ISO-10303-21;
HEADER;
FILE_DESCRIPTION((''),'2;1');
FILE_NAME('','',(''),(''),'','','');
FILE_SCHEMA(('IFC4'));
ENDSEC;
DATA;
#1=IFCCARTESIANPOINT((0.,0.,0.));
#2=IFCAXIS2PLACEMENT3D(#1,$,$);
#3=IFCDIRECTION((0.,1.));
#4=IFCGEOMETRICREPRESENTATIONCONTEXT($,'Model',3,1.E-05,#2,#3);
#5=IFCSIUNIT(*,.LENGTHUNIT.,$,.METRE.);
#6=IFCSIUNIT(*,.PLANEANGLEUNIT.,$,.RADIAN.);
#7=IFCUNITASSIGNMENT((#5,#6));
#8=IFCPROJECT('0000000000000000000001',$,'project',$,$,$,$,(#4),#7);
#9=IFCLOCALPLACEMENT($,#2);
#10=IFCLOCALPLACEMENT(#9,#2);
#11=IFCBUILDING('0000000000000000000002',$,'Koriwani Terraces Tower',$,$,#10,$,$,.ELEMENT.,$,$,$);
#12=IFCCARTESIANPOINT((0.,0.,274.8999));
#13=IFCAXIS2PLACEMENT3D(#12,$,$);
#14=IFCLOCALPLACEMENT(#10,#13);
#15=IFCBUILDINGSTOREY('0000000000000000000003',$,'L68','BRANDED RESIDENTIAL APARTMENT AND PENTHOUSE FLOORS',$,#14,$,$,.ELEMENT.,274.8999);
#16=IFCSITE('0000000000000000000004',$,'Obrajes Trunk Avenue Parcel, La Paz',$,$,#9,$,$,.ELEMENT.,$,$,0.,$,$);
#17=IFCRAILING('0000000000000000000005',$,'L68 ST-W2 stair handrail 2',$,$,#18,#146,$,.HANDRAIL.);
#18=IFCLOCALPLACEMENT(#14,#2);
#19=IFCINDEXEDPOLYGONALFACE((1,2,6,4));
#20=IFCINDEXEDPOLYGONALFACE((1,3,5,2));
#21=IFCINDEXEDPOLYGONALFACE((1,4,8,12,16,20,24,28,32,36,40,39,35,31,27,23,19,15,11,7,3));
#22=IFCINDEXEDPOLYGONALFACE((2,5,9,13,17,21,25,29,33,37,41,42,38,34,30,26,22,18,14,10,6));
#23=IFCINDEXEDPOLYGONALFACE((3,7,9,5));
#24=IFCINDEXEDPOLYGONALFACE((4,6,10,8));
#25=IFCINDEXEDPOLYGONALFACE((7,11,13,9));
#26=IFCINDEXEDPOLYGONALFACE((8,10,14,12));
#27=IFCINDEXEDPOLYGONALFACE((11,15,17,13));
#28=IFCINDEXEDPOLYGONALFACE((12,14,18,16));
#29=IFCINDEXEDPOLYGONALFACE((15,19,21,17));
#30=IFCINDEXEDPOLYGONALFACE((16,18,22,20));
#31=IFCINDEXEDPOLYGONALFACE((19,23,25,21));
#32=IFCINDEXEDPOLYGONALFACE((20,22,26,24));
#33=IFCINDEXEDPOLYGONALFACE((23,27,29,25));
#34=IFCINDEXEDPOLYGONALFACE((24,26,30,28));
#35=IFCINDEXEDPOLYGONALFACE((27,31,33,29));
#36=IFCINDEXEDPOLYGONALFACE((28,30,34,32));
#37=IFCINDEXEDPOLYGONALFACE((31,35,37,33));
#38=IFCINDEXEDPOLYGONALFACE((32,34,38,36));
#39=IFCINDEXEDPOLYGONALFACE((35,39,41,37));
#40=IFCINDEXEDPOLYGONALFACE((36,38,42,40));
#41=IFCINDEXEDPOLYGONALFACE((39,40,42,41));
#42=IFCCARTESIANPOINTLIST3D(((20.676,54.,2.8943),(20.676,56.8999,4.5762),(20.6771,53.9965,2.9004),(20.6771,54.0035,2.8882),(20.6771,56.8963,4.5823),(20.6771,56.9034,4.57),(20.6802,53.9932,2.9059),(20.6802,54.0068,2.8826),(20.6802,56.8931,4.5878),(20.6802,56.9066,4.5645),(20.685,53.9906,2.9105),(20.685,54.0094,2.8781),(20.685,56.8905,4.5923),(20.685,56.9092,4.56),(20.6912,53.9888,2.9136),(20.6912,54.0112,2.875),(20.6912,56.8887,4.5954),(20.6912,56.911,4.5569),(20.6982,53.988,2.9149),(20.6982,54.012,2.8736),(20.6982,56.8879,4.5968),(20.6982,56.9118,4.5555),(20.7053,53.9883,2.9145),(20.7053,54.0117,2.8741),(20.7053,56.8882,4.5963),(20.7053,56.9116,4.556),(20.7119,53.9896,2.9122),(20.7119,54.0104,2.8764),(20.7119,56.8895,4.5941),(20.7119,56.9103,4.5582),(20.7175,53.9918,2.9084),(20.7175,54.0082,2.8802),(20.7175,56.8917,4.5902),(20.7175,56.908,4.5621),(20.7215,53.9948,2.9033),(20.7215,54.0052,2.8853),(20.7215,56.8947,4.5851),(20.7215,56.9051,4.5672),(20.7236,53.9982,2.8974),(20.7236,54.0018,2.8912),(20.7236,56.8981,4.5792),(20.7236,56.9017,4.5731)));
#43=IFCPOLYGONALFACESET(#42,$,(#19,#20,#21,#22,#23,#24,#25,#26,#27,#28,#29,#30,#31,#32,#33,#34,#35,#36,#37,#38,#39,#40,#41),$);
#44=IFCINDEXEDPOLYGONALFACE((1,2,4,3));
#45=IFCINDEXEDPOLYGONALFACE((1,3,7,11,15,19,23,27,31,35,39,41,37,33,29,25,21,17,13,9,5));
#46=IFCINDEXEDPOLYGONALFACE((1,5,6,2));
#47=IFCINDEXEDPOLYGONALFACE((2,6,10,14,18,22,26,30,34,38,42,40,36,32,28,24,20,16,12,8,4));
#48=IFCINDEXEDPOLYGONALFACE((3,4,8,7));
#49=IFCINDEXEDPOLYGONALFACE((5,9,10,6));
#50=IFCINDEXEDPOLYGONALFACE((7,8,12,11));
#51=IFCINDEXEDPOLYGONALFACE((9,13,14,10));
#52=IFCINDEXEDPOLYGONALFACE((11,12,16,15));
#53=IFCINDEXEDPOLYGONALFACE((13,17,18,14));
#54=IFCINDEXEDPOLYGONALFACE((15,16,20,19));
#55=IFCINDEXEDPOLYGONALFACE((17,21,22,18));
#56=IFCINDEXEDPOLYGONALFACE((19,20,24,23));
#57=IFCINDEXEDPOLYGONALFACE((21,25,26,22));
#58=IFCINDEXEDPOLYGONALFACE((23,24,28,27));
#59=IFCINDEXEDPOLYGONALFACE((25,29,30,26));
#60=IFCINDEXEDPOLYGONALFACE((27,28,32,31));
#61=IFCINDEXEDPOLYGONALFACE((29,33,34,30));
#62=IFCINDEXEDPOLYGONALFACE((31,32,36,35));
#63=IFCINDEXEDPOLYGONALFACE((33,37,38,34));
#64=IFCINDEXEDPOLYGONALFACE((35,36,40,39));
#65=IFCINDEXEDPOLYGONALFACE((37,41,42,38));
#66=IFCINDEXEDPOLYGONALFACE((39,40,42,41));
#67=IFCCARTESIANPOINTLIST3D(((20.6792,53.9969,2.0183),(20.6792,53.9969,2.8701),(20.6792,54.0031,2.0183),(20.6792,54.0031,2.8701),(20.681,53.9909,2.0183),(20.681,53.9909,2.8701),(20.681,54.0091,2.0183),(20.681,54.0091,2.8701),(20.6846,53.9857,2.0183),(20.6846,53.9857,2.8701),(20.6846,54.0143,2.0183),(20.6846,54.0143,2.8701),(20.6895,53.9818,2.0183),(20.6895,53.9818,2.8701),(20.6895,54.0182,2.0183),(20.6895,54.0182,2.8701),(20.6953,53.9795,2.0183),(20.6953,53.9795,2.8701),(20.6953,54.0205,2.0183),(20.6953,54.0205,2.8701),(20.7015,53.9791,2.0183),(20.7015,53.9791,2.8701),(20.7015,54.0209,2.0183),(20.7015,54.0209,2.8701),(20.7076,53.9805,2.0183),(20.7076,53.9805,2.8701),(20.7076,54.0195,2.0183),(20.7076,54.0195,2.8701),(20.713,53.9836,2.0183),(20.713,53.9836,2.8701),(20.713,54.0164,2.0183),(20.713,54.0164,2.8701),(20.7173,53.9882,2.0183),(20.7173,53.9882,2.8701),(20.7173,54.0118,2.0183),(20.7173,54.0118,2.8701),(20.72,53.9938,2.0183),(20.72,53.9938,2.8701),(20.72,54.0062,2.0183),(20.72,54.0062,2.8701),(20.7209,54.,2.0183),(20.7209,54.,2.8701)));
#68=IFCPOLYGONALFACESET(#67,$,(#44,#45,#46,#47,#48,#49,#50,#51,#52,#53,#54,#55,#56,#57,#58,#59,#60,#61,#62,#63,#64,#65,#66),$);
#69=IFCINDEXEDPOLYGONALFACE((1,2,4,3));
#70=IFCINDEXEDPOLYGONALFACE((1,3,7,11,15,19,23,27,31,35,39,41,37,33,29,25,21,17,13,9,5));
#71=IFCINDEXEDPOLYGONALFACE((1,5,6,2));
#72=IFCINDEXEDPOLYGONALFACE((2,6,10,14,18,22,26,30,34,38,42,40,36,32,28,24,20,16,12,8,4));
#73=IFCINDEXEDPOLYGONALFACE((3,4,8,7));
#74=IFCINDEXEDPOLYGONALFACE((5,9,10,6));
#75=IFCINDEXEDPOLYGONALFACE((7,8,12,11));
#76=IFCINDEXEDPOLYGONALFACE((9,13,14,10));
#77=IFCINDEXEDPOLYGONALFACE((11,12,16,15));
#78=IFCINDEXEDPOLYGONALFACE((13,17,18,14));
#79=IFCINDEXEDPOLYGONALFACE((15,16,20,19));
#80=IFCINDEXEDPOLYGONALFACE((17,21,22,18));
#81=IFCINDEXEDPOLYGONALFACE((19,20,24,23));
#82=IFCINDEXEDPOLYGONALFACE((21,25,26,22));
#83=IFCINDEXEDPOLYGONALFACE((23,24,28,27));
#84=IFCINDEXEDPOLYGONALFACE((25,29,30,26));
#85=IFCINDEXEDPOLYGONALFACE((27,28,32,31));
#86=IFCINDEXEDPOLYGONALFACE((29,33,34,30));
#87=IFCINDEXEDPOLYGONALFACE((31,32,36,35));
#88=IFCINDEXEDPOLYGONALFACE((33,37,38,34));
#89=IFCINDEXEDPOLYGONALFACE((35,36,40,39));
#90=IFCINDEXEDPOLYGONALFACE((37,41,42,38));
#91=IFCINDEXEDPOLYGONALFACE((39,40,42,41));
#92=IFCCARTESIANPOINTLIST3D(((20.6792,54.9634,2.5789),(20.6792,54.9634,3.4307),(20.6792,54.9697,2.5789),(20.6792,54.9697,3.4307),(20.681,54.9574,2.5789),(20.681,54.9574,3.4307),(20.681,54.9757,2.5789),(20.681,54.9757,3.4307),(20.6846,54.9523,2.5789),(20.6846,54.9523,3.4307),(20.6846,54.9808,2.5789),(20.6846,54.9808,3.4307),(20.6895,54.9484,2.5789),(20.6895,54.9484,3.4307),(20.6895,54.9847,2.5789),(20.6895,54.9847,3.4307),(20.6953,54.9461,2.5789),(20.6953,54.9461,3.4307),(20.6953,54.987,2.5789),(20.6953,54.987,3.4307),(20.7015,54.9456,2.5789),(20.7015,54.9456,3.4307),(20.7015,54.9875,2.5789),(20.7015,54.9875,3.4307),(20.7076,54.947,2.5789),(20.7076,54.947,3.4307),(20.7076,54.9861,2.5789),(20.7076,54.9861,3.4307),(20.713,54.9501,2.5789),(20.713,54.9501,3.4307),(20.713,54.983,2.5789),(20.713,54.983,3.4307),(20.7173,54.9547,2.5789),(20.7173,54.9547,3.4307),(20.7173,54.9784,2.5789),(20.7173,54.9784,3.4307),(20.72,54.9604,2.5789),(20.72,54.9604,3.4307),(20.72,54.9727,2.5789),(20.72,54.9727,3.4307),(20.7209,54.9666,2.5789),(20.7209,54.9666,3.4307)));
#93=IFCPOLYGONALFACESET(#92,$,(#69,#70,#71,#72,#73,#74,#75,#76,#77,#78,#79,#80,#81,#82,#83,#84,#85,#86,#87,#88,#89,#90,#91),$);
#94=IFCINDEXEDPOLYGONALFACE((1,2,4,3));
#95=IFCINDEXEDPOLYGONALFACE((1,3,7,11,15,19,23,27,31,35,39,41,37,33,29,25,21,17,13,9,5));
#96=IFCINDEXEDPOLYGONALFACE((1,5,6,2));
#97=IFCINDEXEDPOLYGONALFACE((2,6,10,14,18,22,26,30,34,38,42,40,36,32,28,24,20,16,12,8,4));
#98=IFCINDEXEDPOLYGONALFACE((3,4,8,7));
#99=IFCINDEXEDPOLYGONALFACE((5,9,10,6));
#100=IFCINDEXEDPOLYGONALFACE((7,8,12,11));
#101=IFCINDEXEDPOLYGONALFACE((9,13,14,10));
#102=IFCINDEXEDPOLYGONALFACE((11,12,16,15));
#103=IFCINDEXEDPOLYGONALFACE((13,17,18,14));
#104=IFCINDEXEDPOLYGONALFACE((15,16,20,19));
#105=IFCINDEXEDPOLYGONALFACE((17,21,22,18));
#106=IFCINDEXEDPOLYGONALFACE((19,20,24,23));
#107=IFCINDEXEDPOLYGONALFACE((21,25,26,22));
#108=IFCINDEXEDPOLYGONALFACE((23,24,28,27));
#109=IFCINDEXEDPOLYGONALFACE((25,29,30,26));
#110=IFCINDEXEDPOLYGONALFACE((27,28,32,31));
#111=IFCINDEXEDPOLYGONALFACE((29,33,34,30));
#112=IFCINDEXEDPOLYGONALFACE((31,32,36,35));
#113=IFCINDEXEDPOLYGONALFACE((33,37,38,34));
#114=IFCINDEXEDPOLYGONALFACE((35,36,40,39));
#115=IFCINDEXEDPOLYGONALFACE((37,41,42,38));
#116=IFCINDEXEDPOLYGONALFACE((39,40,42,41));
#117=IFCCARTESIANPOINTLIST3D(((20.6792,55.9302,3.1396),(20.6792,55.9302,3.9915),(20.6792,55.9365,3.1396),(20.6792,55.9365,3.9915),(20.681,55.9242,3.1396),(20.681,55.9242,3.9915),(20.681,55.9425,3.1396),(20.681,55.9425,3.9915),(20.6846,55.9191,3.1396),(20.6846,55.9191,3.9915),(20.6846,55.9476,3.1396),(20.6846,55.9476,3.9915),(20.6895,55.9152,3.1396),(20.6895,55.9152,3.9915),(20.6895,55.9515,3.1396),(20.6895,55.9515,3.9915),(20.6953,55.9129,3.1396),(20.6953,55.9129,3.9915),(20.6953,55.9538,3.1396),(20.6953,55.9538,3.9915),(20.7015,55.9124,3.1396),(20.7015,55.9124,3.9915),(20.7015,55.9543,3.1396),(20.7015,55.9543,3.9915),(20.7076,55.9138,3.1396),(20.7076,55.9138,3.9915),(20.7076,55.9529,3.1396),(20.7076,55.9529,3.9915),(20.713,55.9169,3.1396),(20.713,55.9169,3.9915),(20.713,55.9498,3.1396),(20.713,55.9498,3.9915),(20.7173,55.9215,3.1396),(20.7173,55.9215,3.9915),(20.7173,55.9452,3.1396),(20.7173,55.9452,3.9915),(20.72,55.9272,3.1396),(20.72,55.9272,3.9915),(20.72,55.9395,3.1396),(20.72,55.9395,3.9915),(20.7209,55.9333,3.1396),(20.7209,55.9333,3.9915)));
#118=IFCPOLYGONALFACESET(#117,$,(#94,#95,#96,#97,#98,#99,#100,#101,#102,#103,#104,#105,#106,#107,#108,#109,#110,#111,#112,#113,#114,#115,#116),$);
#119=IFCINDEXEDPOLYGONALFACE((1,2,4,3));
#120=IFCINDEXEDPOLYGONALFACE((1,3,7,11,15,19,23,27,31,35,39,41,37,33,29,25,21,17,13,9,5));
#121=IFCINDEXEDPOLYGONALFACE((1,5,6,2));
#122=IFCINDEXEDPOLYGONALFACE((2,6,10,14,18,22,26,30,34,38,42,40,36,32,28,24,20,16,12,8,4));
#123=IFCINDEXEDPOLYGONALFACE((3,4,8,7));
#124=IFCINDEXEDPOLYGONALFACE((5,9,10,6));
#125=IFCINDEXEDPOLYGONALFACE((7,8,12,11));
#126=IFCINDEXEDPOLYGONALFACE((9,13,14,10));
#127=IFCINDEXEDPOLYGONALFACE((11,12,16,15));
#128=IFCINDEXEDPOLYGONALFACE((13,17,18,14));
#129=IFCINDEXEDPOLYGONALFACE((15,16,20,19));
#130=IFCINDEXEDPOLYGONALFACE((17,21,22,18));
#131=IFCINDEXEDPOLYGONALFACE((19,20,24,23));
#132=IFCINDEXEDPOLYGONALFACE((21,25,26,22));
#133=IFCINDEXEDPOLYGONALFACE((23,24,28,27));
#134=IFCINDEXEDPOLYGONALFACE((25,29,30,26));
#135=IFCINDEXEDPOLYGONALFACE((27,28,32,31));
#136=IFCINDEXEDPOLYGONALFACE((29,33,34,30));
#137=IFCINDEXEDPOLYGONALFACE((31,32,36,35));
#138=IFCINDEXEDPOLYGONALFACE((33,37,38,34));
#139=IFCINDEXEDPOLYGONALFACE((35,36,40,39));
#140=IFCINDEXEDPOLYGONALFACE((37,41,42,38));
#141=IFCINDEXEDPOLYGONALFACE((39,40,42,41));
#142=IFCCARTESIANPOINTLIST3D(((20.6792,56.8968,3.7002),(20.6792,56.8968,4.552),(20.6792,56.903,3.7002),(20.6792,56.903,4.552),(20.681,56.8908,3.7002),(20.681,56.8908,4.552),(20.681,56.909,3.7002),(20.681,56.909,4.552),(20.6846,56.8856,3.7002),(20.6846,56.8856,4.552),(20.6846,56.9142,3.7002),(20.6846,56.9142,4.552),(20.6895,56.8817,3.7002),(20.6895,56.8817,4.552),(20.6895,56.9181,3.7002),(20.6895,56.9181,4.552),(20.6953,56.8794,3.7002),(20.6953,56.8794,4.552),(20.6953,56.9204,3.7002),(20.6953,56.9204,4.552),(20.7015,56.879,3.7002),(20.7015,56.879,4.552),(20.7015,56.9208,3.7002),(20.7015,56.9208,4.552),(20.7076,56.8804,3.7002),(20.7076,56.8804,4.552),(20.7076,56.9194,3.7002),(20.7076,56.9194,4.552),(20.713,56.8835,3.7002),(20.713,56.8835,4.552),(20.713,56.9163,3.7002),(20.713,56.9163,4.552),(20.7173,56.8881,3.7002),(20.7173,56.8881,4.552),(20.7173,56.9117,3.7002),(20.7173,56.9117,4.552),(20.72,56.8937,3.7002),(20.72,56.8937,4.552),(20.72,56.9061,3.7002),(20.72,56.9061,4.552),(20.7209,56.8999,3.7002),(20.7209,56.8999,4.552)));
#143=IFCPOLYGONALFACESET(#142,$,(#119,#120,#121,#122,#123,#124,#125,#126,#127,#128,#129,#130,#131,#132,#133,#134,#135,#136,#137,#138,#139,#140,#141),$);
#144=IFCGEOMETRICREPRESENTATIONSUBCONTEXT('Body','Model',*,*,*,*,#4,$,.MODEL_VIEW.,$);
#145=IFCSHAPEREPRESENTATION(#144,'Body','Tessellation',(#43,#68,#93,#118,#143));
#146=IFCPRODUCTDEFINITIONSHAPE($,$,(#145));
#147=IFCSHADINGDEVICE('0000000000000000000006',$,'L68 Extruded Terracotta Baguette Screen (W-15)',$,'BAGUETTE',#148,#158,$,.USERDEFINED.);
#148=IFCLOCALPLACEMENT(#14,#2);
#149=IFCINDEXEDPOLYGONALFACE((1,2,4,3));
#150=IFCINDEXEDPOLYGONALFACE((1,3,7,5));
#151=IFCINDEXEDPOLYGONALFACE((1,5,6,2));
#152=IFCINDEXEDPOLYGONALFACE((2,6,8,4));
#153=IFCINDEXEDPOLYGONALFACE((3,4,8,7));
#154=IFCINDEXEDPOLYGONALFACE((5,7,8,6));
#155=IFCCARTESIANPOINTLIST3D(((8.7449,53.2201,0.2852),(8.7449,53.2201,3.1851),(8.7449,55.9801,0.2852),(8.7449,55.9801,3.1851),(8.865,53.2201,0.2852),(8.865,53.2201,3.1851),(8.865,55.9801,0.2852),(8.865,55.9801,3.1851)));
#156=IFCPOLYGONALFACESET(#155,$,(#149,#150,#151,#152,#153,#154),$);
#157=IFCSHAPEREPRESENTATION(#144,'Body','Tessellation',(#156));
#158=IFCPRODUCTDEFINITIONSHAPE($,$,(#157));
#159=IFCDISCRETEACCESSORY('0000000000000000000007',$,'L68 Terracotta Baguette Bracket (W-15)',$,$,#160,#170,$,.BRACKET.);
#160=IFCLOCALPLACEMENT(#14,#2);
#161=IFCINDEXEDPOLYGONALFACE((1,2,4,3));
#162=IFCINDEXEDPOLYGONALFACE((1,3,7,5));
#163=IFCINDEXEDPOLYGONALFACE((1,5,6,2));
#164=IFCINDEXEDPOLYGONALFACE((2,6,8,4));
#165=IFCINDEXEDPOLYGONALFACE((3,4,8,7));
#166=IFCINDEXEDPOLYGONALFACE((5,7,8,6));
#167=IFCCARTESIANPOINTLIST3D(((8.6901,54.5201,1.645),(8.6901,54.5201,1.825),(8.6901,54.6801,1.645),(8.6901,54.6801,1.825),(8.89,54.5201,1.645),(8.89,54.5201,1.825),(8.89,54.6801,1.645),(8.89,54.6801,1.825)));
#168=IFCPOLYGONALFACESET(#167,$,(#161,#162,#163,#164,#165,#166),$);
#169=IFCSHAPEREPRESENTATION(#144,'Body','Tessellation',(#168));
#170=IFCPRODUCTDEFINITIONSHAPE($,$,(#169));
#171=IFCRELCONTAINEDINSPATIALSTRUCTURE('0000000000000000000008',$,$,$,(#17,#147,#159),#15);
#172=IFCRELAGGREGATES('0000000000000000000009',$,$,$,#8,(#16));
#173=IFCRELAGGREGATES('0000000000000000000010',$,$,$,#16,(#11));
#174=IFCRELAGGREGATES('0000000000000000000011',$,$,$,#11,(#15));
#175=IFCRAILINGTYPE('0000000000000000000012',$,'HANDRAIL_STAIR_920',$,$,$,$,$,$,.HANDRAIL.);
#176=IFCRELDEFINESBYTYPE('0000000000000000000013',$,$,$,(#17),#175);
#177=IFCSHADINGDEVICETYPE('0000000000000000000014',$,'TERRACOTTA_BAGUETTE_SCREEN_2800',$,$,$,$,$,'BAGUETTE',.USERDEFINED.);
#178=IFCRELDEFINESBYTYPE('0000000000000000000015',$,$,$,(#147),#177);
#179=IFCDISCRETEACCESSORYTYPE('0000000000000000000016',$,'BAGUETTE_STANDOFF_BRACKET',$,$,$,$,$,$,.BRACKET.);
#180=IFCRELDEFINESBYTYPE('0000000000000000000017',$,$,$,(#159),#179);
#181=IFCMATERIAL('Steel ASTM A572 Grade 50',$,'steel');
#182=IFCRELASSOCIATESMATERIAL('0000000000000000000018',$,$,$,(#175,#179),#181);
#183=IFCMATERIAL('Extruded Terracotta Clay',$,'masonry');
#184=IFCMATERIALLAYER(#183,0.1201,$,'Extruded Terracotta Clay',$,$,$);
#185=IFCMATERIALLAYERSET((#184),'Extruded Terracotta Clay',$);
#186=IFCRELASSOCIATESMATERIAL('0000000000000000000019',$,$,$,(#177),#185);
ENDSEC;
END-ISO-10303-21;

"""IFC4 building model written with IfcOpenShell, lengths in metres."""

from ifc_helpers import new_model, si_unit, direction, frame, origin, origin_2d, place, context, subcontext, project, spatial, rectangle, circle, extrude, material, layer, layer_set, type_object, element, save


model = new_model("IFC4")

# Units and contexts
model_context = context("Model", 3, precision=1e-05, world=origin(), true_north=direction((0.0, 1.0)))
body_context = subcontext(model_context, "Body", "Model", "MODEL_VIEW")
ifc_project = project(units=[si_unit("LENGTHUNIT", "METRE"), si_unit("PLANEANGLEUNIT", "RADIAN")], contexts=[model_context])

# Site, building, storey
site_placement = place(None, origin())
site = spatial("IfcSite", under=ifc_project, at=site_placement, Name="Obrajes Trunk Avenue Parcel, La Paz", CompositionType="ELEMENT", RefElevation=0.0)
building_placement = place(site_placement, origin())
building = spatial("IfcBuilding", under=site, at=building_placement, Name="Koriwani Terraces Tower", CompositionType="ELEMENT")
storey_placement = place(building_placement, frame((0.0, 0.0, 274.8999)))
storey = spatial("IfcBuildingStorey", under=building, at=storey_placement, Name="L68", Description="BRANDED RESIDENTIAL APARTMENT AND PENTHOUSE FLOORS", CompositionType="ELEMENT", Elevation=274.8999)

# Railing
ifc_material_1 = material(Name="Steel ASTM A572 Grade 50", Category="steel")
railing_type_1 = type_object("IfcRailingType", Name="HANDRAIL_STAIR_920", PredefinedType="HANDRAIL", material=ifc_material_1)
railing_1_placement = place(storey_placement, frame((20.7, 54.0, 2.0183)))
element("IfcRailing", 1, at=railing_1_placement, inside=storey, type_object=railing_type_1, Name="L68 ST-W2 stair handrail 2", PredefinedType="HANDRAIL", context=body_context, shape_type="SweptSolid", body=[
    extrude(circle(Radius=0.0239, at=origin_2d()), frame((0.0, 0.0, 0.876), z_axis=(0.0, 0.865039, 0.501705), x_axis=(-1.0, 0.0, 0.0)), (0.0, 0.0, 1.0), 3.3523),
    extrude(circle(Radius=0.021, at=origin_2d()), origin(), (0.0, 0.0, 1.0), 0.8518),
    extrude(circle(Radius=0.021, at=origin_2d()), frame((0.0, 0.9666, 0.5605)), (0.0, 0.0, 1.0), 0.8518),
    extrude(circle(Radius=0.021, at=origin_2d()), frame((0.0, 1.9333, 1.1213)), (0.0, 0.0, 1.0), 0.8518),
    extrude(circle(Radius=0.021, at=origin_2d()), frame((0.0, 2.8999, 1.6819)), (0.0, 0.0, 1.0), 0.8518),
])

# Shading device
ifc_material_2 = material(Name="Extruded Terracotta Clay", Category="masonry")
ifc_layer_1 = layer(ifc_material_2, 0.1201, Name="Extruded Terracotta Clay")
ifc_layer_set_1 = layer_set([ifc_layer_1], Name="Extruded Terracotta Clay")
shading_device_type = type_object("IfcShadingDeviceType", Name="TERRACOTTA_BAGUETTE_SCREEN_2800", ElementType="BAGUETTE", PredefinedType="USERDEFINED", material=ifc_layer_set_1)
shading_device_placement = place(storey_placement, frame((8.8049, 54.6001, 0.2852), z_axis=(0.0, 0.0, 1.0), x_axis=(0.0, 1.0, 0.0)))
element("IfcShadingDevice", 2, at=shading_device_placement, inside=storey, type_object=shading_device_type, Name="L68 Extruded Terracotta Baguette Screen (W-15)", ObjectType="BAGUETTE", PredefinedType="USERDEFINED", context=body_context, shape_type="SweptSolid", body=[
    extrude(rectangle(XDim=2.76, YDim=0.1201, at=origin_2d()), origin(), (0.0, 0.0, 1.0), 2.8999),
])

# Discrete accessory
discrete_accessory_type = type_object("IfcDiscreteAccessoryType", Name="BAGUETTE_STANDOFF_BRACKET", PredefinedType="BRACKET", material=ifc_material_1)
discrete_accessory_placement = place(storey_placement, frame((8.79, 54.6001, 1.645), z_axis=(0.0, 0.0, 1.0), x_axis=(0.0, 1.0, 0.0)))
element("IfcDiscreteAccessory", 3, at=discrete_accessory_placement, inside=storey, type_object=discrete_accessory_type, Name="L68 Terracotta Baguette Bracket (W-15)", PredefinedType="BRACKET", context=body_context, shape_type="SweptSolid", body=[
    extrude(rectangle(XDim=0.1599, YDim=0.2, at=origin_2d()), origin(), (0.0, 0.0, 1.0), 0.1799),
])

save(model, "model.ifc")
